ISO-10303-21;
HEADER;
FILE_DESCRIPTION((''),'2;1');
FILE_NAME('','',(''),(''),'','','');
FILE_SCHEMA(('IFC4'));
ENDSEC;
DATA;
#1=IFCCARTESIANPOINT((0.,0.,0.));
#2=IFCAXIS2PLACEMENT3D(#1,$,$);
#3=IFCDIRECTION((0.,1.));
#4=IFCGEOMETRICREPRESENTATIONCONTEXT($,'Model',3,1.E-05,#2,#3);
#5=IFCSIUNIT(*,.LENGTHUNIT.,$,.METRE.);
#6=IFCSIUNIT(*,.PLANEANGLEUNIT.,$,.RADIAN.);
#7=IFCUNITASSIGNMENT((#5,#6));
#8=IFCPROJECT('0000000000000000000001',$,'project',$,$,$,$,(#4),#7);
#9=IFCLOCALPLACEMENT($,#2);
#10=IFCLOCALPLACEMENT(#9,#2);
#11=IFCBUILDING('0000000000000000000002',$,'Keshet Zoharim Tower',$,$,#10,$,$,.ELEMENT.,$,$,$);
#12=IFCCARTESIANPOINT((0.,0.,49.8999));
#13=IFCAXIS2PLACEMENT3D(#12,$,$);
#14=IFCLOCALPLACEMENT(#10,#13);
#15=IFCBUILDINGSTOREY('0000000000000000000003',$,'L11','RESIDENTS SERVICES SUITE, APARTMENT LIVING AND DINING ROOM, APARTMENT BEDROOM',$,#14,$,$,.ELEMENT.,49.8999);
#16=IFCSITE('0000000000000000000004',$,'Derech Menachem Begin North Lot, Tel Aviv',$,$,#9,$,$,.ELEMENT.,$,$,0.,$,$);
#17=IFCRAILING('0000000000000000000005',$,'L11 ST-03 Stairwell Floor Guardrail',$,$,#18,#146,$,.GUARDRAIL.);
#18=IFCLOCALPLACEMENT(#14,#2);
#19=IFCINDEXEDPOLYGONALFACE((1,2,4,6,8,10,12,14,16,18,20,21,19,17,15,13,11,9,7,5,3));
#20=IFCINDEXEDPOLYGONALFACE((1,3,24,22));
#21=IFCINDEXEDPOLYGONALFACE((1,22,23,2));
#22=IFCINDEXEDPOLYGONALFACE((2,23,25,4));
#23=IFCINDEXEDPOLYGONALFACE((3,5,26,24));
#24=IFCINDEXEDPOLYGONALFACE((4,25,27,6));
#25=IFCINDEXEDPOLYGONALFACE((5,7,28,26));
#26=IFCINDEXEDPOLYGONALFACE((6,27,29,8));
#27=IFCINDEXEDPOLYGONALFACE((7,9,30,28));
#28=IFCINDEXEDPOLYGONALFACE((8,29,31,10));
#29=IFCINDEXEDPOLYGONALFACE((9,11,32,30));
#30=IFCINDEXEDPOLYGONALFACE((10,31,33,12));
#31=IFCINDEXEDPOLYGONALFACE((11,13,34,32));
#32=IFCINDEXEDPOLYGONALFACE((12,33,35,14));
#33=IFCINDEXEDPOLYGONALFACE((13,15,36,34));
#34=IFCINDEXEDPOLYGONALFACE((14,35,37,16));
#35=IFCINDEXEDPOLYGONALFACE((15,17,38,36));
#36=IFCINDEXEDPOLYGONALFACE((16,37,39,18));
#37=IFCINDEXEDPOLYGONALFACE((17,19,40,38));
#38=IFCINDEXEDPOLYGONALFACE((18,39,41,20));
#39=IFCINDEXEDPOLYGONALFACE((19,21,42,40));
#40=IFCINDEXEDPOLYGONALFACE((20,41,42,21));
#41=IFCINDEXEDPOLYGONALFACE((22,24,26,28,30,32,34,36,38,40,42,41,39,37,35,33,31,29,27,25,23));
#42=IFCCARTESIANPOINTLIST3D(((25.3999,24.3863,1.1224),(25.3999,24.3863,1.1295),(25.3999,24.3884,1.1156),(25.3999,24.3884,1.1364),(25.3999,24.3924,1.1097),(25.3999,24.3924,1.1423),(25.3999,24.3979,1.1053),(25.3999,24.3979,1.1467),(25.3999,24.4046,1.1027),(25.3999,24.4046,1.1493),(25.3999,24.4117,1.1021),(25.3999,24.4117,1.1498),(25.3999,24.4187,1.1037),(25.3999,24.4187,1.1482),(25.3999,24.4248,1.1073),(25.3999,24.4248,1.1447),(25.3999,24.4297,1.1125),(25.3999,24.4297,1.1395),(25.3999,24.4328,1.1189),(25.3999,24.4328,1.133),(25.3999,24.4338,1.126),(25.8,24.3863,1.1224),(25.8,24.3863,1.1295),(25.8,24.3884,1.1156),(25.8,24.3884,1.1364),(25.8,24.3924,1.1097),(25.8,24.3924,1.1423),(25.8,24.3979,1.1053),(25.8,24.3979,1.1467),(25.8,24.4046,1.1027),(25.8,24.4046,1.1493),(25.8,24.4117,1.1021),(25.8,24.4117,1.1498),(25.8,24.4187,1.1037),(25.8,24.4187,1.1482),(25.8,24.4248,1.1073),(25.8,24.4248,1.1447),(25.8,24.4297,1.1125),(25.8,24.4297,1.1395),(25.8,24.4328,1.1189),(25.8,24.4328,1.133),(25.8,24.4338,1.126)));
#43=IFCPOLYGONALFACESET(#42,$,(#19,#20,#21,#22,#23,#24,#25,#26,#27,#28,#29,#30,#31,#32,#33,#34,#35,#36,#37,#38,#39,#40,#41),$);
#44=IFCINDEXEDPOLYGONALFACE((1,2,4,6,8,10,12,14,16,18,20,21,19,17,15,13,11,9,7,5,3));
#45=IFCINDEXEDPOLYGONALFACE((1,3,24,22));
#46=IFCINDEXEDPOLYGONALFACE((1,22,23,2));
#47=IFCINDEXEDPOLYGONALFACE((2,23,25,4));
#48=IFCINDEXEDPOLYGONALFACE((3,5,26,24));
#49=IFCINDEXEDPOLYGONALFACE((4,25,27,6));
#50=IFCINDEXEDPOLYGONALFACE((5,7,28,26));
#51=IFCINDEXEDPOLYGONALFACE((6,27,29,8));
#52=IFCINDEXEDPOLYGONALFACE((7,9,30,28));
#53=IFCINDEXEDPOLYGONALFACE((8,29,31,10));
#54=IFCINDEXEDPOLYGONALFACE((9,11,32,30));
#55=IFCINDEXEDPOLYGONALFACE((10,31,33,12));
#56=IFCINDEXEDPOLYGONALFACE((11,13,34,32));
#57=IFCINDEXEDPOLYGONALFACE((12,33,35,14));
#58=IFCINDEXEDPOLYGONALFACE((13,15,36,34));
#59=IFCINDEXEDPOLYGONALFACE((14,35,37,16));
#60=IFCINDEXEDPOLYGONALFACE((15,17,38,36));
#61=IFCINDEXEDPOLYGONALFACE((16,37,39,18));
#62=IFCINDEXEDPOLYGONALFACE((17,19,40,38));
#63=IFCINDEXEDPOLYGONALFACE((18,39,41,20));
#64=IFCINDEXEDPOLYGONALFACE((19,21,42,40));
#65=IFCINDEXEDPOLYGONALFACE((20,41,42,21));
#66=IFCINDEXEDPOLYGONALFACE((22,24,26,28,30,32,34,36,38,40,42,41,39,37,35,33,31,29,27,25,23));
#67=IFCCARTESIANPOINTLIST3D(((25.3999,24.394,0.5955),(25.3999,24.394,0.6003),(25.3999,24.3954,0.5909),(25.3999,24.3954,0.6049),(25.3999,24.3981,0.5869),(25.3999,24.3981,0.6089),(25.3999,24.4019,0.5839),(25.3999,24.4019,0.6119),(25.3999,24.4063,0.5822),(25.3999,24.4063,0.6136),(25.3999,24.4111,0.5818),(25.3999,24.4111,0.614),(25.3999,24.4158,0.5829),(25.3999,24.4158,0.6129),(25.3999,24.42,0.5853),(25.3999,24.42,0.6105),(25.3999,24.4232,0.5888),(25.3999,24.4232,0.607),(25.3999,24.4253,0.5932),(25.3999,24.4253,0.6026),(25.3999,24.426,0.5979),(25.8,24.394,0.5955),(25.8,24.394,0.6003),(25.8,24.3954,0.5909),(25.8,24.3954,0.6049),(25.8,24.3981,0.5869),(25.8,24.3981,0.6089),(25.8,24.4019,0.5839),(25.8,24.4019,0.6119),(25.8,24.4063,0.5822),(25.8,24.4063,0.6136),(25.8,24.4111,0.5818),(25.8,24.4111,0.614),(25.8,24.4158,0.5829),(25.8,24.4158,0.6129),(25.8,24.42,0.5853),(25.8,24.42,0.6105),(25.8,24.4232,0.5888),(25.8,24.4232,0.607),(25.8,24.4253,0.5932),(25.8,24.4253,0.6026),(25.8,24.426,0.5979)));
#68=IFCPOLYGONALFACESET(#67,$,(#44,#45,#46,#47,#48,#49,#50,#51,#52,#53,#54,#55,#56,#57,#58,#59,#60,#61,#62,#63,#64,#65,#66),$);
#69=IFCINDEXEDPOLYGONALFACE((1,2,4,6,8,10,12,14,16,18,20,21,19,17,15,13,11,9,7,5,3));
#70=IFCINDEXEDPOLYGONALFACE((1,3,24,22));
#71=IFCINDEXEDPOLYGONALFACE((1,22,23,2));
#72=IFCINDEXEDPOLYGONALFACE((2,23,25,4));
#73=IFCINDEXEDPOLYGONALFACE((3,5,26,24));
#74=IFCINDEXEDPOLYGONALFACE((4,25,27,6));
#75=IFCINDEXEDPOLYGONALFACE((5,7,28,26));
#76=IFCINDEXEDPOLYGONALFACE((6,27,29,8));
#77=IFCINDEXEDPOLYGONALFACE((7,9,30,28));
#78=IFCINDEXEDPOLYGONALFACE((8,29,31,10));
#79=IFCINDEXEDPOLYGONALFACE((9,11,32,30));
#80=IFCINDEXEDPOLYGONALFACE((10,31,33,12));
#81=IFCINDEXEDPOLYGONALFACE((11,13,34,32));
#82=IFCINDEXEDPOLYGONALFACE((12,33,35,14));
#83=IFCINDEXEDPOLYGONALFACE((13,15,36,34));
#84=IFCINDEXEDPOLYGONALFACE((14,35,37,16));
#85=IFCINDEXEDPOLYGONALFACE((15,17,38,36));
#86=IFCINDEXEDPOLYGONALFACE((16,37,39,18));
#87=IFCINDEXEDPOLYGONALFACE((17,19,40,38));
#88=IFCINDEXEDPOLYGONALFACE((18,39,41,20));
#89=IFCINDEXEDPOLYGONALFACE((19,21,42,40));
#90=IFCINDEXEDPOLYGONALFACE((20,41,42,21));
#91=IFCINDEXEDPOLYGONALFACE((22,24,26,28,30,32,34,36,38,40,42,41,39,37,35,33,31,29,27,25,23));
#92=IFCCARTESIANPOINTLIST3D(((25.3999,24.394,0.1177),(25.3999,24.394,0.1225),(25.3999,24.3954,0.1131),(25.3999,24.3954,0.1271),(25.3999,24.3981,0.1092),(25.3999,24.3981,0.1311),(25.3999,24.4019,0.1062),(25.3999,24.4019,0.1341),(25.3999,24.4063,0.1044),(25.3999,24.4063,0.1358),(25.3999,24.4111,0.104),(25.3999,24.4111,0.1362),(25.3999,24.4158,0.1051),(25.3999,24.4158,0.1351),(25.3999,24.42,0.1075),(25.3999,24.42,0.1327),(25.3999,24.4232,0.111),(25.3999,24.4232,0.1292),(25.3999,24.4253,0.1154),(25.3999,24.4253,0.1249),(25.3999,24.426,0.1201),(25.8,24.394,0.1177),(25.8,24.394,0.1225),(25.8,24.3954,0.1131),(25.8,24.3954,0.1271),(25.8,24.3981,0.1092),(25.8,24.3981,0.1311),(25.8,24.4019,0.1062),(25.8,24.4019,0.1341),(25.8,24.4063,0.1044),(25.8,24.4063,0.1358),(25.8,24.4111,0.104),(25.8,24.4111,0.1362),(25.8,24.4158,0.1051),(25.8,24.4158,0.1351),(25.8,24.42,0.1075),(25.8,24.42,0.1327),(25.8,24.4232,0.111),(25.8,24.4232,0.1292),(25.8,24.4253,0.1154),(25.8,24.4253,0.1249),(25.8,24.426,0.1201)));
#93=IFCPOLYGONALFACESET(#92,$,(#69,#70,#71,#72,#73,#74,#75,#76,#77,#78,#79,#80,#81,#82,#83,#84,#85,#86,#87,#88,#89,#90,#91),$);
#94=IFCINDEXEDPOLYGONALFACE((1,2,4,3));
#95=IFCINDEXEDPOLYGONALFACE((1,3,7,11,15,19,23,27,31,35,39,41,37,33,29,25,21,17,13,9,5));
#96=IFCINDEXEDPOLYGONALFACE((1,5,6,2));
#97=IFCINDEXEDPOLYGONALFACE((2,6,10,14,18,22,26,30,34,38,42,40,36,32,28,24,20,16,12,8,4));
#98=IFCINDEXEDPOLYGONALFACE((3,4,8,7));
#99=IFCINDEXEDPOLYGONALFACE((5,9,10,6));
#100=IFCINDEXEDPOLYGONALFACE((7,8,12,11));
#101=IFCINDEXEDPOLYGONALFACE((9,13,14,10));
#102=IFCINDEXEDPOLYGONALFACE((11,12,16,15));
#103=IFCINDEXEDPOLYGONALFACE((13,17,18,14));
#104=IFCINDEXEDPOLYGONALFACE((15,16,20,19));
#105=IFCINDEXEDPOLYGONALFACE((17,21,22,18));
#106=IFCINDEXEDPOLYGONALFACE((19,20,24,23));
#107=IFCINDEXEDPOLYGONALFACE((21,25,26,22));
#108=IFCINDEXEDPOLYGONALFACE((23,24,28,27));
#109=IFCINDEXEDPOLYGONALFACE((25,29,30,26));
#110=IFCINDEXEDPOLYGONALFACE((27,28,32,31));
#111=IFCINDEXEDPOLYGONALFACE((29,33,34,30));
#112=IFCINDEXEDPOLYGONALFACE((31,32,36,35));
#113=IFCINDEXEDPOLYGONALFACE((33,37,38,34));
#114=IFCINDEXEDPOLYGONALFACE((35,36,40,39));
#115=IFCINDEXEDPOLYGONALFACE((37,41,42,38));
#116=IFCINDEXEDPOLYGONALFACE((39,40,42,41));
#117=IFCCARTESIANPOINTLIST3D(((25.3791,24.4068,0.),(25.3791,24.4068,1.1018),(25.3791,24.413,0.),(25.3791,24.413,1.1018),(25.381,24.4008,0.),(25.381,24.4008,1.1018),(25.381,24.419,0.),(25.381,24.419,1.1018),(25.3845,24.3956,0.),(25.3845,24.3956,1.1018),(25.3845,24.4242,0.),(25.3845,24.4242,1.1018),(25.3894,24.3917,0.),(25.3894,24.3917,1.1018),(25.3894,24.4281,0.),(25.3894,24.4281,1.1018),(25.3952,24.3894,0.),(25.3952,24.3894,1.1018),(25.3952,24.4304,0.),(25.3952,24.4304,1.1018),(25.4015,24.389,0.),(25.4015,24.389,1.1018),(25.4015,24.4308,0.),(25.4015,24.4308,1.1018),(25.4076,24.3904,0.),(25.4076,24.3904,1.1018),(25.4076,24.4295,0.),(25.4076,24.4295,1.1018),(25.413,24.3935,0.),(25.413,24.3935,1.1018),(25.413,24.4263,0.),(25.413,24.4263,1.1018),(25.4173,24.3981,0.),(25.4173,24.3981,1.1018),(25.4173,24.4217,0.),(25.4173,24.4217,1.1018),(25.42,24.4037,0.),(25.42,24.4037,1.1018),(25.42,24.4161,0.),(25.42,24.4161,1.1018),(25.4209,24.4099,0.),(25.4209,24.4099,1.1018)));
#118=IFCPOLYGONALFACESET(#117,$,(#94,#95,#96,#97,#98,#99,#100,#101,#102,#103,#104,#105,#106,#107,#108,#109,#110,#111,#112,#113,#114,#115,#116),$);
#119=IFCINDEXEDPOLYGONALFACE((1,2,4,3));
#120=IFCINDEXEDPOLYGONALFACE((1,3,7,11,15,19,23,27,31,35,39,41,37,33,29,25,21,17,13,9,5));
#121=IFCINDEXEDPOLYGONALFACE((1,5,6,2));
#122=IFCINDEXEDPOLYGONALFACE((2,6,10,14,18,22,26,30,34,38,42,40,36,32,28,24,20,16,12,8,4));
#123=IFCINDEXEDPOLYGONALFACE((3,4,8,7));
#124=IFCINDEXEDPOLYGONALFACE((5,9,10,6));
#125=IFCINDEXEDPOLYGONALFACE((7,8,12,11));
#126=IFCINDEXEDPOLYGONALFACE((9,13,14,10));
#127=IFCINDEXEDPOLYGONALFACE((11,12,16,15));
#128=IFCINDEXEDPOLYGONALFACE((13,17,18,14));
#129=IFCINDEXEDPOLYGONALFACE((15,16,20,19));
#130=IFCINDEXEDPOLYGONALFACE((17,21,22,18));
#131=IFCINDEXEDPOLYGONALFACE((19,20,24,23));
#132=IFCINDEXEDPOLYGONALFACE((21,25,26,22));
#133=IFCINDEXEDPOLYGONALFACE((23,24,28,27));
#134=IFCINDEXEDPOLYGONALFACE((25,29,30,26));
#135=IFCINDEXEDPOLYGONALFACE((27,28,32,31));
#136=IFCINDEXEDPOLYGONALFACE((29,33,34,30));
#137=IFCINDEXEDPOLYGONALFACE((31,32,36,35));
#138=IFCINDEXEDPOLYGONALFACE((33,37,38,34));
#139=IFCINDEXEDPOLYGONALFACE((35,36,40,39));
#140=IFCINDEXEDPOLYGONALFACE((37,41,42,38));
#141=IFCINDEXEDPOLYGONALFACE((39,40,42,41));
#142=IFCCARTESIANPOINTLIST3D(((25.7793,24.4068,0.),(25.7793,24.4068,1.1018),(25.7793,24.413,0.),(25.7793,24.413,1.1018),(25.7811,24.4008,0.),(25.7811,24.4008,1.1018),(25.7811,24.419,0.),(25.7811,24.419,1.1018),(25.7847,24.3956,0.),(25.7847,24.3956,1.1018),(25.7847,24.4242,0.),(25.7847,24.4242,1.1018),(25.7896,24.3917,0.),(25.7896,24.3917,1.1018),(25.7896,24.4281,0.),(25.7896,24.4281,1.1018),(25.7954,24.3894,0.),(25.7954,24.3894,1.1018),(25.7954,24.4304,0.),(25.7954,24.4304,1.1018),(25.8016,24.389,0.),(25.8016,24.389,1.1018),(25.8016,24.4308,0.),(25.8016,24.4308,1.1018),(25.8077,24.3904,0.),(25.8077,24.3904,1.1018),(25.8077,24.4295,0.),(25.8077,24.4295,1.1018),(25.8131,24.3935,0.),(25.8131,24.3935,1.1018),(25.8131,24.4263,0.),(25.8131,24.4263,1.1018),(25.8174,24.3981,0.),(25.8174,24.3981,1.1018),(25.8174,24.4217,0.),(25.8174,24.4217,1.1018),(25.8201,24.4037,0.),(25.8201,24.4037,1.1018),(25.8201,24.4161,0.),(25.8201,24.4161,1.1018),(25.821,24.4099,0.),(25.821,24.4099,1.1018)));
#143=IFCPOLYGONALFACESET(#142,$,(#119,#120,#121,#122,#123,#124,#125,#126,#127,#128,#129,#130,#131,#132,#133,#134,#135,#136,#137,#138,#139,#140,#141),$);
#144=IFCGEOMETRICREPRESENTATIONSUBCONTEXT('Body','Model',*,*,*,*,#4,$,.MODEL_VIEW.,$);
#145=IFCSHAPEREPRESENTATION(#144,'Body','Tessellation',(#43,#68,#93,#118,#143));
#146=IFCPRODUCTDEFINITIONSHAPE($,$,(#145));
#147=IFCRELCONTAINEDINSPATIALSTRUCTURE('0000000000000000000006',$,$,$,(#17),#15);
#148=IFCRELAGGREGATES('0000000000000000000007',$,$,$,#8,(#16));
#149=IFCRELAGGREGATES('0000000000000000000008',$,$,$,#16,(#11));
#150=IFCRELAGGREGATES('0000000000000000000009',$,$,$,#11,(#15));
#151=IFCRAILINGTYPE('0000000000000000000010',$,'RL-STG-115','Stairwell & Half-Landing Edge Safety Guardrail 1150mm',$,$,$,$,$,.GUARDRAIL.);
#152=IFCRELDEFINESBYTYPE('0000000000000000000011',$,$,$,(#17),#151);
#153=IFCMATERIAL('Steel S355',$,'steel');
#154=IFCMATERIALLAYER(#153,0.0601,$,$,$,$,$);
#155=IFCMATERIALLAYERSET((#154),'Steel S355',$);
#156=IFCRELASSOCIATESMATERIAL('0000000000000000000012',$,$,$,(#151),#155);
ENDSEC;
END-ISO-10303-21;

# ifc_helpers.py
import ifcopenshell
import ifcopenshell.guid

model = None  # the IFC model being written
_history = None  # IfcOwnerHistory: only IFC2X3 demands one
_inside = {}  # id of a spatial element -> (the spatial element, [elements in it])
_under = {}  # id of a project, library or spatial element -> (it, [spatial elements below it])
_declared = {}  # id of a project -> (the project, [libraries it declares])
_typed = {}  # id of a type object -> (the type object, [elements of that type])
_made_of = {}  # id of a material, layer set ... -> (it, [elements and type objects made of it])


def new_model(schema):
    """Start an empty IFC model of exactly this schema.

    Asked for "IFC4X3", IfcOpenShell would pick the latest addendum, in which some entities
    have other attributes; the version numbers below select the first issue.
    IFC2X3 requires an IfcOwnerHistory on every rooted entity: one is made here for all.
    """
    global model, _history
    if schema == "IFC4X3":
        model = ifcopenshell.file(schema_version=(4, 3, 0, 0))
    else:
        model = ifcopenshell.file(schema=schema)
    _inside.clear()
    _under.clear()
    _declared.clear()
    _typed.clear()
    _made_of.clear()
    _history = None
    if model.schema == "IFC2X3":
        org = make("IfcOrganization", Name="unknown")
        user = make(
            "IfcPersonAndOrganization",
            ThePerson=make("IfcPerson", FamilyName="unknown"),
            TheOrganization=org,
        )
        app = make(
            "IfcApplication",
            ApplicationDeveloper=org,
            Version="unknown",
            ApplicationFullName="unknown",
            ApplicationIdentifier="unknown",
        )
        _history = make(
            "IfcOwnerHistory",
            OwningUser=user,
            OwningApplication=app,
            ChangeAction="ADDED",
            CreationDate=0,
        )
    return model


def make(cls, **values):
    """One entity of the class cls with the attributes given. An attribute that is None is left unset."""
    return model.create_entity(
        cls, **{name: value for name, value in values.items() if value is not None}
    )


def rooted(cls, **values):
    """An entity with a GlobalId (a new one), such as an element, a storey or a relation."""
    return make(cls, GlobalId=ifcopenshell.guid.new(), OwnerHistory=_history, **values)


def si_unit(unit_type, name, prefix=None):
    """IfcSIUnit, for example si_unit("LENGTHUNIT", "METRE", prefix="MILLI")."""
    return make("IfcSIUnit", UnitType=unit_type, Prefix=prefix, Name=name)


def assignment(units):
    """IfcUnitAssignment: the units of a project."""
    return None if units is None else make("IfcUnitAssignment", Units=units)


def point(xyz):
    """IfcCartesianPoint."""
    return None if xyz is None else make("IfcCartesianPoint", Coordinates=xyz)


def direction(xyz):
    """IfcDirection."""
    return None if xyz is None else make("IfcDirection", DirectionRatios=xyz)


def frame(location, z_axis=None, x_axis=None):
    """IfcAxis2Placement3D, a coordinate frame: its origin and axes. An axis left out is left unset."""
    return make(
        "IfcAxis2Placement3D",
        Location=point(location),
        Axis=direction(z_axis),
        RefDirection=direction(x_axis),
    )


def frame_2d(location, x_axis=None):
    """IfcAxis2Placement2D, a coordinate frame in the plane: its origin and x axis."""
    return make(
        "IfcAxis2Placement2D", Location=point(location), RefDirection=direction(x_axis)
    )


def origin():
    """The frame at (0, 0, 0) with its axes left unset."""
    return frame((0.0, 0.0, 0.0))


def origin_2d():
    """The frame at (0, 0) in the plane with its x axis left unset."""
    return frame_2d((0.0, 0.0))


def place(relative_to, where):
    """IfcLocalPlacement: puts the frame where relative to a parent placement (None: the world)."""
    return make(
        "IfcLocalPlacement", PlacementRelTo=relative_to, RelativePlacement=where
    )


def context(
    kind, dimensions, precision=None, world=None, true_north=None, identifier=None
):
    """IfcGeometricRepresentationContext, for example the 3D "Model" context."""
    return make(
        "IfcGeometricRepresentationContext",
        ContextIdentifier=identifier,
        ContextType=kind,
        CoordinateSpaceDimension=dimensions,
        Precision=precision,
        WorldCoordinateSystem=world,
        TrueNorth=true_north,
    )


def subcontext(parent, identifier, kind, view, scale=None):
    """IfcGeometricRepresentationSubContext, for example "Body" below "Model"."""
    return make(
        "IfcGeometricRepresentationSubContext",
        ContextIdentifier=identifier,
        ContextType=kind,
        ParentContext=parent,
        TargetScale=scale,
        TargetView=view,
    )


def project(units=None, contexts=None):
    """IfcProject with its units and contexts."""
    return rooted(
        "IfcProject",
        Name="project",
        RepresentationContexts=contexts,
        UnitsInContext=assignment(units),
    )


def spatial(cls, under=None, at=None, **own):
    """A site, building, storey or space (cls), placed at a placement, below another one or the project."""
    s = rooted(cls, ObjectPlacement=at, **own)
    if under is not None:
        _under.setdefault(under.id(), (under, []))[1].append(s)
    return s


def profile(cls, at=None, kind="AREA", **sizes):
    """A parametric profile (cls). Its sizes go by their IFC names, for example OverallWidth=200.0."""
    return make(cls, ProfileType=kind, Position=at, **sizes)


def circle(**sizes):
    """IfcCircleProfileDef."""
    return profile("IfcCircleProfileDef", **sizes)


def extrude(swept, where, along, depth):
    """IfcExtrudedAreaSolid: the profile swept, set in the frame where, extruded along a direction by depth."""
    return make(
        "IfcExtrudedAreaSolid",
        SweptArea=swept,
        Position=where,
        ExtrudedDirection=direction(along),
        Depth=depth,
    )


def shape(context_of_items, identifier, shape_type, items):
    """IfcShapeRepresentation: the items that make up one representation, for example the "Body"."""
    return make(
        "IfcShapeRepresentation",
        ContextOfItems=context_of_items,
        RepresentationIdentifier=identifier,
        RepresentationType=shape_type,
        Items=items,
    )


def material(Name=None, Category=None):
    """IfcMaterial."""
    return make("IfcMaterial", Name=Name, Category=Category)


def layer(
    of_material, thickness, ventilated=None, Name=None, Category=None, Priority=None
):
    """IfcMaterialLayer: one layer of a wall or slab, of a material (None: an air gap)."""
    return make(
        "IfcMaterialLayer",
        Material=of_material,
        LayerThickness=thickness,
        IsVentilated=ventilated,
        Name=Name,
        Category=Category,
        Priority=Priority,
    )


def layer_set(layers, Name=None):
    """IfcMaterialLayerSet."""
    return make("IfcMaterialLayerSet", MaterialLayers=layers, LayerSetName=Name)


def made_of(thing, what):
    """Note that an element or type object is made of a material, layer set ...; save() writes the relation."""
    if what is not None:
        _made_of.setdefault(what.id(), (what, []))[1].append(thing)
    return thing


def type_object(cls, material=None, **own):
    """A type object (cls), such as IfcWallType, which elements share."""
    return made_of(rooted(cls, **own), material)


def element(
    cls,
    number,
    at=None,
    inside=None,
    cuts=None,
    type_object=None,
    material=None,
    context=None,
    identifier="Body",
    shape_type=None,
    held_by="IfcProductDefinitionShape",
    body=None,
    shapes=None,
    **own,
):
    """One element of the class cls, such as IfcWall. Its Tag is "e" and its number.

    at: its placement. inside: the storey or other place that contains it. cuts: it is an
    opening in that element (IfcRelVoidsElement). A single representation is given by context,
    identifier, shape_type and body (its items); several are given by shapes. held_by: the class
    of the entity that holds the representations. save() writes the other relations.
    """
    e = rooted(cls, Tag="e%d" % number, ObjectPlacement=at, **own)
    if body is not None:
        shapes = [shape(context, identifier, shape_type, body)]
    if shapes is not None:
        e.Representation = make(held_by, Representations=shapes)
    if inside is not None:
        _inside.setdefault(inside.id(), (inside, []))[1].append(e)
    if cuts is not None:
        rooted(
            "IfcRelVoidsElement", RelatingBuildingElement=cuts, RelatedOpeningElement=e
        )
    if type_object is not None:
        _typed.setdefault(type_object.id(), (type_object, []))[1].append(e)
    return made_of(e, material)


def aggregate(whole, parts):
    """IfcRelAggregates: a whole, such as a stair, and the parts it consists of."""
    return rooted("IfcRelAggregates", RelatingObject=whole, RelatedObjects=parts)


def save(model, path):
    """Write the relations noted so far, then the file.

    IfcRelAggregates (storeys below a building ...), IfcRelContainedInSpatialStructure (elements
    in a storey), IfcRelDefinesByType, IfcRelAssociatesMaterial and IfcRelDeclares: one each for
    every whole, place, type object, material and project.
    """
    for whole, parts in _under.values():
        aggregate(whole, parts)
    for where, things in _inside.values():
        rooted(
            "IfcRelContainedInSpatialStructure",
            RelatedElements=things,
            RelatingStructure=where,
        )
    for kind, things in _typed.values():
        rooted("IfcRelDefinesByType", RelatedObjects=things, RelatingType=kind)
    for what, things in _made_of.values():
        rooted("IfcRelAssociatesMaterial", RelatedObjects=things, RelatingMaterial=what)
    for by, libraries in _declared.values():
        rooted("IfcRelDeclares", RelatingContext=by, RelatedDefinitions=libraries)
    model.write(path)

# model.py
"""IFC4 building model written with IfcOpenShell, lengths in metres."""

from ifc_helpers import new_model, si_unit, direction, frame, origin, origin_2d, place, context, subcontext, project, spatial, circle, extrude, material, layer, layer_set, type_object, element, save


model = new_model("IFC4")

# Units and contexts
model_context = context("Model", 3, precision=1e-05, world=origin(), true_north=direction((0.0, 1.0)))
body_context = subcontext(model_context, "Body", "Model", "MODEL_VIEW")
ifc_project = project(units=[si_unit("LENGTHUNIT", "METRE"), si_unit("PLANEANGLEUNIT", "RADIAN")], contexts=[model_context])

# Site, building, storey
site_placement = place(None, origin())
site = spatial("IfcSite", under=ifc_project, at=site_placement, Name="Derech Menachem Begin North Lot, Tel Aviv", CompositionType="ELEMENT", RefElevation=0.0)
building_placement = place(site_placement, origin())
building = spatial("IfcBuilding", under=site, at=building_placement, Name="Keshet Zoharim Tower", CompositionType="ELEMENT")
storey_placement = place(building_placement, frame((0.0, 0.0, 49.8999)))
storey = spatial("IfcBuildingStorey", under=building, at=storey_placement, Name="L11", Description="RESIDENTS SERVICES SUITE, APARTMENT LIVING AND DINING ROOM, APARTMENT BEDROOM", CompositionType="ELEMENT", Elevation=49.8999)

# Shared definitions
ifc_material_1 = material(Name="Steel S355", Category="steel")

# Railing
ifc_layer_1 = layer(ifc_material_1, 0.0601)
ifc_layer_set_1 = layer_set([ifc_layer_1], Name="Steel S355")
railing_type_1 = type_object("IfcRailingType", Name="RL-STG-115", Description="Stairwell & Half-Landing Edge Safety Guardrail 1150mm", PredefinedType="GUARDRAIL", material=ifc_layer_set_1)
railing_1_placement = place(storey_placement, frame((25.3999, 24.4099, 0.0)))
element("IfcRailing", 1, at=railing_1_placement, inside=storey, type_object=railing_type_1, Name="L11 ST-03 Stairwell Floor Guardrail", PredefinedType="GUARDRAIL", context=body_context, shape_type="SweptSolid", body=[
    extrude(circle(Radius=0.0239, at=origin_2d()), frame((0.0, 0.0, 1.126), z_axis=(1.0, 0.0, 0.0), x_axis=(0.0, 1.0, 0.0)), (0.0, 0.0, 1.0), 0.4001),
    extrude(circle(Radius=0.0161, at=origin_2d()), frame((0.0, 0.0, 0.5979), z_axis=(1.0, 0.0, 0.0), x_axis=(0.0, 1.0, 0.0)), (0.0, 0.0, 1.0), 0.4001),
    extrude(circle(Radius=0.0161, at=origin_2d()), frame((0.0, 0.0, 0.1201), z_axis=(1.0, 0.0, 0.0), x_axis=(0.0, 1.0, 0.0)), (0.0, 0.0, 1.0), 0.4001),
    extrude(circle(Radius=0.021, at=origin_2d()), origin(), (0.0, 0.0, 1.0), 1.1018),
    extrude(circle(Radius=0.021, at=origin_2d()), frame((0.4001, 0.0, 0.0)), (0.0, 0.0, 1.0), 1.1018),
])

save(model, "model.ifc")
